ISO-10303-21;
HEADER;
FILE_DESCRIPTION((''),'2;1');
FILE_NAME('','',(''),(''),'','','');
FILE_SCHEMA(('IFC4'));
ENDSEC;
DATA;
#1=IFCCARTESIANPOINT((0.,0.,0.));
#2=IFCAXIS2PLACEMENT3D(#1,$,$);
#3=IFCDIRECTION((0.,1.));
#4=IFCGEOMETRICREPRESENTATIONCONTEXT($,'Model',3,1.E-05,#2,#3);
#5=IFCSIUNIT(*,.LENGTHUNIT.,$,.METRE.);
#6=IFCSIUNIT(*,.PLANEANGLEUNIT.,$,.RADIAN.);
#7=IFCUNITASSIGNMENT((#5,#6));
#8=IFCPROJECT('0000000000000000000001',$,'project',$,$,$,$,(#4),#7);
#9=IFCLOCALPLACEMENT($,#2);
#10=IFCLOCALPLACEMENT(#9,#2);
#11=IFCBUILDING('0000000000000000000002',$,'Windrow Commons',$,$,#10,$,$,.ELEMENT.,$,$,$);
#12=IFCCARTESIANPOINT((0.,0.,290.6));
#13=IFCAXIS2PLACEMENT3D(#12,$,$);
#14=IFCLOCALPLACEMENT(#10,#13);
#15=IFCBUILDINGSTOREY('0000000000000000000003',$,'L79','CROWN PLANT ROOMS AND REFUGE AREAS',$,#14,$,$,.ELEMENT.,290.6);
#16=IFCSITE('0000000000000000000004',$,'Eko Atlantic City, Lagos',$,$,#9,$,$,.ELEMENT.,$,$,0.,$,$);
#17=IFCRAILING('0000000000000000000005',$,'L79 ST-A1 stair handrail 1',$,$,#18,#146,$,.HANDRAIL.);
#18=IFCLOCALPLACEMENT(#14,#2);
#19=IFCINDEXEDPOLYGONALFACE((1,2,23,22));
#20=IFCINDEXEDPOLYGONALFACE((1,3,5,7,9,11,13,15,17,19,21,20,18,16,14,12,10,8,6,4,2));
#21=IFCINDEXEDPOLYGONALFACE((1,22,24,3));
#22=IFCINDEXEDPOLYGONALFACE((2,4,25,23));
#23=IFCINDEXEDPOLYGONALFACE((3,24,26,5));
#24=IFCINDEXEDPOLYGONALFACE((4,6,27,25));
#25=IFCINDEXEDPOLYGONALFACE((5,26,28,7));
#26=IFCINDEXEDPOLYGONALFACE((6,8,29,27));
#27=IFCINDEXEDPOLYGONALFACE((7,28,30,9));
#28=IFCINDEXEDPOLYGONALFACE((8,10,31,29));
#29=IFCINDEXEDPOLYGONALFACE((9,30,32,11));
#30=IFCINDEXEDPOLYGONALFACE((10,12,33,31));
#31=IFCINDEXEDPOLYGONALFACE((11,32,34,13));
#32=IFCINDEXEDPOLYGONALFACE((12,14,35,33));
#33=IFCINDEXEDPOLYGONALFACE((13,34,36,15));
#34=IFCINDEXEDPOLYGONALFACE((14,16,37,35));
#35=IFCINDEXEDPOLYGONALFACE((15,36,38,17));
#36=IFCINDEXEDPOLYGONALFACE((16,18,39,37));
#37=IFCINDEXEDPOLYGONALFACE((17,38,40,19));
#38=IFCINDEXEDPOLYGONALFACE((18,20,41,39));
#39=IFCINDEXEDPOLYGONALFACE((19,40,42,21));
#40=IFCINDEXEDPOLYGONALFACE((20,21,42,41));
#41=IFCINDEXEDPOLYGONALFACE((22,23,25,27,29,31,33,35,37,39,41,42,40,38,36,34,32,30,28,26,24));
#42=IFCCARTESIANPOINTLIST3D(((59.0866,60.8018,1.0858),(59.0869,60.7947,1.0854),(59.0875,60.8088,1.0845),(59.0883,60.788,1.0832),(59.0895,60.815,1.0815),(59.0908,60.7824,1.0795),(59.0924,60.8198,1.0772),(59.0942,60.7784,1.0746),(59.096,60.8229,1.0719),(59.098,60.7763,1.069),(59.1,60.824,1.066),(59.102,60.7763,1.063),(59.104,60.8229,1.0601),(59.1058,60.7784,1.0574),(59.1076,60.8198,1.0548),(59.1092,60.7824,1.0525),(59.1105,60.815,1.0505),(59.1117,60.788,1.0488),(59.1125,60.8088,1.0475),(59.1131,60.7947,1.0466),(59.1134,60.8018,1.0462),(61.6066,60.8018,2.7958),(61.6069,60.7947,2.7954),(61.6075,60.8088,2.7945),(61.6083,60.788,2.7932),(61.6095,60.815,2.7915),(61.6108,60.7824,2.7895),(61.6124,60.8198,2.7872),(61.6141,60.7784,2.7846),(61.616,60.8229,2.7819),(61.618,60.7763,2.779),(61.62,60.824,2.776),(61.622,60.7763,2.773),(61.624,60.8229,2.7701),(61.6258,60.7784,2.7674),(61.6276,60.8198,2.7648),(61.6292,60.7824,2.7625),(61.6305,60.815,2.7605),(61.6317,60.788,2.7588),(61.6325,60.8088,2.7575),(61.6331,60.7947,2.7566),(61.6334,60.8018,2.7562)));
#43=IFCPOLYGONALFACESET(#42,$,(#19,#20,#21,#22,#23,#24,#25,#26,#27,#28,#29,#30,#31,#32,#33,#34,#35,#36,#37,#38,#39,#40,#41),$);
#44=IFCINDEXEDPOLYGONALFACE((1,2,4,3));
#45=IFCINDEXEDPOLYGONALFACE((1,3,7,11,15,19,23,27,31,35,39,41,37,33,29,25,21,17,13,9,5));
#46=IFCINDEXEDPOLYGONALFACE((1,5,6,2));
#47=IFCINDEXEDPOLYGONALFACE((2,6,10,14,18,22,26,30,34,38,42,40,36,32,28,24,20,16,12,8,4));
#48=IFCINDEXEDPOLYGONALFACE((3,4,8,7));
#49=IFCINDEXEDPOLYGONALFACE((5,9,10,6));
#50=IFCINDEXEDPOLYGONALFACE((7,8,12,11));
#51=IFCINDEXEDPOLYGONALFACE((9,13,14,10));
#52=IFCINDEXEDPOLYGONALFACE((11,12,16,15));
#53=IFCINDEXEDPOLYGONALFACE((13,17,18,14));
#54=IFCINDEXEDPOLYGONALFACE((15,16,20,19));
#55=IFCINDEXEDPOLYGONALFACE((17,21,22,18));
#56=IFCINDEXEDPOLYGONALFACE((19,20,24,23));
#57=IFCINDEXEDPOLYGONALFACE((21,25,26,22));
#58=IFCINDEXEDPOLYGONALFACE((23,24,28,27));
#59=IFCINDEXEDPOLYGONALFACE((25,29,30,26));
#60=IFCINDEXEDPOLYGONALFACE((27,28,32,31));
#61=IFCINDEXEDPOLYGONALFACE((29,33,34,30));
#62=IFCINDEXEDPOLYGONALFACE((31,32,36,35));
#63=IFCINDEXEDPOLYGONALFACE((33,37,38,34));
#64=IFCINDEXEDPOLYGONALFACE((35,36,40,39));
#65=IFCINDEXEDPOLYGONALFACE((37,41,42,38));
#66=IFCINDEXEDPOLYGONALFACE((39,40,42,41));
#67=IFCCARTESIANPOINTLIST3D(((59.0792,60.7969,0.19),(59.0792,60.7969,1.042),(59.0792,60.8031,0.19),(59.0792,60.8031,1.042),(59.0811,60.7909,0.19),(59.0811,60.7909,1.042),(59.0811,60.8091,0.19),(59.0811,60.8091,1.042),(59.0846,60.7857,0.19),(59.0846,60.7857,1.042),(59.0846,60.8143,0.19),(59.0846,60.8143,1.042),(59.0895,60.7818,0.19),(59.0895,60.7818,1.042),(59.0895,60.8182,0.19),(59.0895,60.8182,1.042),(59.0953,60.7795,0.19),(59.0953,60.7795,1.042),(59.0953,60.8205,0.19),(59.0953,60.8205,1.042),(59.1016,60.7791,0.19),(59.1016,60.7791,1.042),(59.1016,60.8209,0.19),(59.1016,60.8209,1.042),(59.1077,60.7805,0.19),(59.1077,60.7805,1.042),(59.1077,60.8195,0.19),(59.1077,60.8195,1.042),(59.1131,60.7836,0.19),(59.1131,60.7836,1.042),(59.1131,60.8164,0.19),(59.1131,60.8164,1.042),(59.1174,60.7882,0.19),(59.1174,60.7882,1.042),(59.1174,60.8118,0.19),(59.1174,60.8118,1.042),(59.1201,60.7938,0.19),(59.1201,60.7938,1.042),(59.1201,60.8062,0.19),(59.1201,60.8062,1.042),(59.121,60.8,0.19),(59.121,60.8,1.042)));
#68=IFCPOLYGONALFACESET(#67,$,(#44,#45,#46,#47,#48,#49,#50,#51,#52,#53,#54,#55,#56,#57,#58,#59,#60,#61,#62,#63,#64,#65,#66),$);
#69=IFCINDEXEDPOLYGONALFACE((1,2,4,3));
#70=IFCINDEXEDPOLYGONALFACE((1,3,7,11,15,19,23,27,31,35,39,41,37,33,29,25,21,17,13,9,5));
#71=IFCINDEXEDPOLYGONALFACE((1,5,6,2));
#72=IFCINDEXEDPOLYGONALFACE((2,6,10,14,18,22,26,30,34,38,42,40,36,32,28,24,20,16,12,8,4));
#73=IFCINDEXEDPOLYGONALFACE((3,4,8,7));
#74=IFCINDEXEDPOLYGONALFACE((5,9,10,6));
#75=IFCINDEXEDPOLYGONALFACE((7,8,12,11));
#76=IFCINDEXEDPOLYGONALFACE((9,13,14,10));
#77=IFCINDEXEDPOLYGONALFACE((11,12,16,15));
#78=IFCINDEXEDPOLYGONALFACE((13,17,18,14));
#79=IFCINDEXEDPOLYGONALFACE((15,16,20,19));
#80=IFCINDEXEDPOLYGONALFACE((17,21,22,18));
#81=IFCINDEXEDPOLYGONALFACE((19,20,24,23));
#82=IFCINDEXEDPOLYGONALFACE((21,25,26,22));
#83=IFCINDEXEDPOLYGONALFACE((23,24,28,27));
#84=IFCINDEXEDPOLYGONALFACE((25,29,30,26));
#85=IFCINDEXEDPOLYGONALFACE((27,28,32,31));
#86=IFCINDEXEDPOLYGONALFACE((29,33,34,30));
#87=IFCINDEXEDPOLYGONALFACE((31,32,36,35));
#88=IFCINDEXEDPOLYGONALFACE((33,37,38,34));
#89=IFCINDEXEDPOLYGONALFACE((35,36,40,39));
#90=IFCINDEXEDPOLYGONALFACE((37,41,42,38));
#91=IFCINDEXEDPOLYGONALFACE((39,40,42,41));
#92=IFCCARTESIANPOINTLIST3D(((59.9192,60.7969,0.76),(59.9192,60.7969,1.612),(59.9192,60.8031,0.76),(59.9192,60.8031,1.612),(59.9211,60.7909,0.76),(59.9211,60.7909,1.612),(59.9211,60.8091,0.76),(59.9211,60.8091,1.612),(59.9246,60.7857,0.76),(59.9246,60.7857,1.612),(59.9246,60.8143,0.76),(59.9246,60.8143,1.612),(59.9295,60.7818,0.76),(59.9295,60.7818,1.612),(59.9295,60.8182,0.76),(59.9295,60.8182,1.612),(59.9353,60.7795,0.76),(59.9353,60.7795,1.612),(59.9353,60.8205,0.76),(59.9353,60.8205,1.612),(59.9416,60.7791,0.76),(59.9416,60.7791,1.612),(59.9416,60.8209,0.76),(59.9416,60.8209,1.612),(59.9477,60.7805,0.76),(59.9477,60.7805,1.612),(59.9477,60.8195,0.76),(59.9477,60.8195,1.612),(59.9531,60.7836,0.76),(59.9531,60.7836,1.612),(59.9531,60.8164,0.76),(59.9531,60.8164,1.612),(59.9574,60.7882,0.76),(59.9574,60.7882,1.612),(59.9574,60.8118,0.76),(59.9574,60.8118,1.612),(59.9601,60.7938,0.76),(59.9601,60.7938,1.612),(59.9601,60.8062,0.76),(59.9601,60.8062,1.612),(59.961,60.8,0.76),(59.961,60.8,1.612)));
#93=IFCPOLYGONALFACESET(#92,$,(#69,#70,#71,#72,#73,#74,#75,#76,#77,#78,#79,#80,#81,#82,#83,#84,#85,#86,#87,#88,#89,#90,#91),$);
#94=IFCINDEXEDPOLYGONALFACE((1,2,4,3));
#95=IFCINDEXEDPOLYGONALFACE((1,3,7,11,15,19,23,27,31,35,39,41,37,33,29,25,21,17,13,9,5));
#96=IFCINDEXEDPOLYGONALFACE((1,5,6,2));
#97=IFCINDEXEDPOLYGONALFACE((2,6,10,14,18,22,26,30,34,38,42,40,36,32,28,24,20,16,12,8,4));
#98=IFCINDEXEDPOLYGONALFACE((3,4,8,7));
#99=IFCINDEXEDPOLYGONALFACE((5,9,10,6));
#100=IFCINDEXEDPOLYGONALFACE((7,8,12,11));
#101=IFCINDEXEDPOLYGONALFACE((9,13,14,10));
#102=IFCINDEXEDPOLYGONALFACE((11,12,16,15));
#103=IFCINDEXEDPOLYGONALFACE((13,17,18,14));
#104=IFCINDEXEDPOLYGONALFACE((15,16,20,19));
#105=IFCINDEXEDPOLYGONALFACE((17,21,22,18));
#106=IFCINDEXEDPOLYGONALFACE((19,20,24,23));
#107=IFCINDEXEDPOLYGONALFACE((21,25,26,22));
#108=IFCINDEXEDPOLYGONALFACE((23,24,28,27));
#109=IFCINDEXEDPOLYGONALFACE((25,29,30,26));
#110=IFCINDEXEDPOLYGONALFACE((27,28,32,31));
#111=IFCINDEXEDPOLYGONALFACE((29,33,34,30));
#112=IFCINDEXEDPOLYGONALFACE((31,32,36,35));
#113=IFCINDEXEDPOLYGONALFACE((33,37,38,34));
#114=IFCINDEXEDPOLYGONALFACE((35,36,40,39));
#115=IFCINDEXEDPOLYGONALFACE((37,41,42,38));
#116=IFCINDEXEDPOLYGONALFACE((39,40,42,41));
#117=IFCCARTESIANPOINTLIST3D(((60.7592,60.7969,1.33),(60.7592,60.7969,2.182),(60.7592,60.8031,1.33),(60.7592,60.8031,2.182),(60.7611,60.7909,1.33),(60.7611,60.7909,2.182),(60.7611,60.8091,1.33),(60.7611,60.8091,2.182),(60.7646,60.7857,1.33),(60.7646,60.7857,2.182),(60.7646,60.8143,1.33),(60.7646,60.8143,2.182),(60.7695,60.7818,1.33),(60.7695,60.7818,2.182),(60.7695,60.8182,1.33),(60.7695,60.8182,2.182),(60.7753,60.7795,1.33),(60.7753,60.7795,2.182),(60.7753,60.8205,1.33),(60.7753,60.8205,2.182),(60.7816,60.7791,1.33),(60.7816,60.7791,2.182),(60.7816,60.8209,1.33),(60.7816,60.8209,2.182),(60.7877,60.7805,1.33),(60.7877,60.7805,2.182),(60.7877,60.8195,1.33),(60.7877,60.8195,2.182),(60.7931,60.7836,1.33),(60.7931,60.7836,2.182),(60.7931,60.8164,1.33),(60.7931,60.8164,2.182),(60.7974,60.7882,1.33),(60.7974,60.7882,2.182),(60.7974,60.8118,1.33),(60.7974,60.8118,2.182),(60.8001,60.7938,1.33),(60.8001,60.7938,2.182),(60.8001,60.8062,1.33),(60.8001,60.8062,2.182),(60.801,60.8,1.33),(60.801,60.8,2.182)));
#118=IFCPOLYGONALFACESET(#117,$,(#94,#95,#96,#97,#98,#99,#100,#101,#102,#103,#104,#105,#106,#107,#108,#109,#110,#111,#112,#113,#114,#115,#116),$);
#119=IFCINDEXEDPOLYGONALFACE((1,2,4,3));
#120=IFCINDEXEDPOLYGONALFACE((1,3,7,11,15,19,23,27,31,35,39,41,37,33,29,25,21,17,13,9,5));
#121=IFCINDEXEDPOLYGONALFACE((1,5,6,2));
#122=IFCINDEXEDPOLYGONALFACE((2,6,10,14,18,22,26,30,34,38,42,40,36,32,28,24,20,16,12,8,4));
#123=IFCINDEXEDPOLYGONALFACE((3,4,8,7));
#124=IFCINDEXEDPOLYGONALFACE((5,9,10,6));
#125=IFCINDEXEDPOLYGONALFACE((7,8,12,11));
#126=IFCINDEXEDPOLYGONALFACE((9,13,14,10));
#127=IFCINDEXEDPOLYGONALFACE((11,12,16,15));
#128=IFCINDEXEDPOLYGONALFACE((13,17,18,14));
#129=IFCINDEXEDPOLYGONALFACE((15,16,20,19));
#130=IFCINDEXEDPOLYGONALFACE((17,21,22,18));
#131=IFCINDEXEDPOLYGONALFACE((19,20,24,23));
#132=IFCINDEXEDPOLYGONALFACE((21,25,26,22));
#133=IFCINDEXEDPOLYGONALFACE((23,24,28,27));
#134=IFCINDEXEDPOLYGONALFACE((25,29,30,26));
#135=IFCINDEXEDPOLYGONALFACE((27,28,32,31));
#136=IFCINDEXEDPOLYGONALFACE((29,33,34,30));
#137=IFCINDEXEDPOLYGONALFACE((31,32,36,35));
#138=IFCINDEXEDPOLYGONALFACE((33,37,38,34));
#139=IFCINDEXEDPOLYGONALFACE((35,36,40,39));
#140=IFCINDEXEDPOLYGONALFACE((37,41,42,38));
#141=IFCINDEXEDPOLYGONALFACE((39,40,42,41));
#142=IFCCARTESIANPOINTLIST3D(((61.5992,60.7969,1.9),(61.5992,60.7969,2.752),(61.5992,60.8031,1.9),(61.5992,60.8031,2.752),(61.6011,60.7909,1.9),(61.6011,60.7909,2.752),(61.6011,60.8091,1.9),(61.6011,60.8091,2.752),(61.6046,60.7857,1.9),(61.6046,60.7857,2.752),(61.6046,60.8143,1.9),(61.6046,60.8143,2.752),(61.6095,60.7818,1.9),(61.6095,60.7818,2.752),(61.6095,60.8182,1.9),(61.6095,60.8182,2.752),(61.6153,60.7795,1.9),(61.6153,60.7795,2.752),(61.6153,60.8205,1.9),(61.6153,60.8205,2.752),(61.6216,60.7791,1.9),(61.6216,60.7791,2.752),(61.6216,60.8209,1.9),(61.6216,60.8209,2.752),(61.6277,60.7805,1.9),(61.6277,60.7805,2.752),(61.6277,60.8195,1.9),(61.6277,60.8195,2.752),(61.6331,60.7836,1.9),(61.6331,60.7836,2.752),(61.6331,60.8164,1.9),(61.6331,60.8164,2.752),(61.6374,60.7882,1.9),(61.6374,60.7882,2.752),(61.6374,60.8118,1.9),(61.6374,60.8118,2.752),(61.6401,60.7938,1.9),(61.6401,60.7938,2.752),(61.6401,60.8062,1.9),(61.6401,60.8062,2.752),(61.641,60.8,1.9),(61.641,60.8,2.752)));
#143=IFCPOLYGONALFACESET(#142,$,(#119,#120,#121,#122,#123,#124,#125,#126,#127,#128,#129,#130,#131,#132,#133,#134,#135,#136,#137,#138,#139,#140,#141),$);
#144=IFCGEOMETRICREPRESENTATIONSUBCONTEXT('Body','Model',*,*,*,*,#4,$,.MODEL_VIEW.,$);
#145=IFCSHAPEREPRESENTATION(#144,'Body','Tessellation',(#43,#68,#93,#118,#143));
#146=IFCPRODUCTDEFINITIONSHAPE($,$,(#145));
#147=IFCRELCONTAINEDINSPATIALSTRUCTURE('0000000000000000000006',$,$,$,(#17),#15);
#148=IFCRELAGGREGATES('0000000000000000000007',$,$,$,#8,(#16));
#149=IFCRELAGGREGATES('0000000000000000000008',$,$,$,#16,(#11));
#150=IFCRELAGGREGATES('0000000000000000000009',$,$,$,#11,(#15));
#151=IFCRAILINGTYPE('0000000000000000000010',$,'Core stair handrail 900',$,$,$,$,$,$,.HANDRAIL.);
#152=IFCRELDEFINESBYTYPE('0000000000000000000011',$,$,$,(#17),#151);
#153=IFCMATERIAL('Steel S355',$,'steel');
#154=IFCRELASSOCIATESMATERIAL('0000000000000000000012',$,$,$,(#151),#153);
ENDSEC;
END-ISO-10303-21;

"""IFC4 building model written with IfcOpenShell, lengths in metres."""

from ifc_helpers import new_model, si_unit, direction, frame, origin, origin_2d, place, context, subcontext, project, spatial, circle, extrude, material, type_object, element, save


model = new_model("IFC4")

# Units and contexts
model_context = context("Model", 3, precision=1e-05, world=origin(), true_north=direction((0.0, 1.0)))
body_context = subcontext(model_context, "Body", "Model", "MODEL_VIEW")
ifc_project = project(units=[si_unit("LENGTHUNIT", "METRE"), si_unit("PLANEANGLEUNIT", "RADIAN")], contexts=[model_context])

# Site, building, storey
site_placement = place(None, origin())
site = spatial("IfcSite", under=ifc_project, at=site_placement, Name="Eko Atlantic City, Lagos", CompositionType="ELEMENT", RefElevation=0.0)
building_placement = place(site_placement, origin())
building = spatial("IfcBuilding", under=site, at=building_placement, Name="Windrow Commons", CompositionType="ELEMENT")
storey_placement = place(building_placement, frame((0.0, 0.0, 290.6)))
storey = spatial("IfcBuildingStorey", under=building, at=storey_placement, Name="L79", Description="CROWN PLANT ROOMS AND REFUGE AREAS", CompositionType="ELEMENT", Elevation=290.6)

# Railing
ifc_material_1 = material(Name="Steel S355", Category="steel")
railing_type_1 = type_object("IfcRailingType", Name="Core stair handrail 900", PredefinedType="HANDRAIL", material=ifc_material_1)
railing_1_placement = place(storey_placement, frame((59.1, 60.8, 0.19)))
element("IfcRailing", 1, at=railing_1_placement, inside=storey, type_object=railing_type_1, Name="L79 ST-A1 stair handrail 1", PredefinedType="HANDRAIL", context=body_context, shape_type="SweptSolid", body=[
    extrude(circle(Radius=0.024, at=origin_2d()), frame((0.0, 0.0, 0.876), z_axis=(0.827476, 0.0, 0.561501), x_axis=(0.0, 1.0, 0.0)), (0.0, 0.0, 1.0), 3.0454),
    extrude(circle(Radius=0.021, at=origin_2d()), origin(), (0.0, 0.0, 1.0), 0.852),
    extrude(circle(Radius=0.021, at=origin_2d()), frame((0.84, 0.0, 0.57)), (0.0, 0.0, 1.0), 0.852),
    extrude(circle(Radius=0.021, at=origin_2d()), frame((1.68, 0.0, 1.14)), (0.0, 0.0, 1.0), 0.852),
    extrude(circle(Radius=0.021, at=origin_2d()), frame((2.52, 0.0, 1.71)), (0.0, 0.0, 1.0), 0.852),
])

save(model, "model.ifc")
